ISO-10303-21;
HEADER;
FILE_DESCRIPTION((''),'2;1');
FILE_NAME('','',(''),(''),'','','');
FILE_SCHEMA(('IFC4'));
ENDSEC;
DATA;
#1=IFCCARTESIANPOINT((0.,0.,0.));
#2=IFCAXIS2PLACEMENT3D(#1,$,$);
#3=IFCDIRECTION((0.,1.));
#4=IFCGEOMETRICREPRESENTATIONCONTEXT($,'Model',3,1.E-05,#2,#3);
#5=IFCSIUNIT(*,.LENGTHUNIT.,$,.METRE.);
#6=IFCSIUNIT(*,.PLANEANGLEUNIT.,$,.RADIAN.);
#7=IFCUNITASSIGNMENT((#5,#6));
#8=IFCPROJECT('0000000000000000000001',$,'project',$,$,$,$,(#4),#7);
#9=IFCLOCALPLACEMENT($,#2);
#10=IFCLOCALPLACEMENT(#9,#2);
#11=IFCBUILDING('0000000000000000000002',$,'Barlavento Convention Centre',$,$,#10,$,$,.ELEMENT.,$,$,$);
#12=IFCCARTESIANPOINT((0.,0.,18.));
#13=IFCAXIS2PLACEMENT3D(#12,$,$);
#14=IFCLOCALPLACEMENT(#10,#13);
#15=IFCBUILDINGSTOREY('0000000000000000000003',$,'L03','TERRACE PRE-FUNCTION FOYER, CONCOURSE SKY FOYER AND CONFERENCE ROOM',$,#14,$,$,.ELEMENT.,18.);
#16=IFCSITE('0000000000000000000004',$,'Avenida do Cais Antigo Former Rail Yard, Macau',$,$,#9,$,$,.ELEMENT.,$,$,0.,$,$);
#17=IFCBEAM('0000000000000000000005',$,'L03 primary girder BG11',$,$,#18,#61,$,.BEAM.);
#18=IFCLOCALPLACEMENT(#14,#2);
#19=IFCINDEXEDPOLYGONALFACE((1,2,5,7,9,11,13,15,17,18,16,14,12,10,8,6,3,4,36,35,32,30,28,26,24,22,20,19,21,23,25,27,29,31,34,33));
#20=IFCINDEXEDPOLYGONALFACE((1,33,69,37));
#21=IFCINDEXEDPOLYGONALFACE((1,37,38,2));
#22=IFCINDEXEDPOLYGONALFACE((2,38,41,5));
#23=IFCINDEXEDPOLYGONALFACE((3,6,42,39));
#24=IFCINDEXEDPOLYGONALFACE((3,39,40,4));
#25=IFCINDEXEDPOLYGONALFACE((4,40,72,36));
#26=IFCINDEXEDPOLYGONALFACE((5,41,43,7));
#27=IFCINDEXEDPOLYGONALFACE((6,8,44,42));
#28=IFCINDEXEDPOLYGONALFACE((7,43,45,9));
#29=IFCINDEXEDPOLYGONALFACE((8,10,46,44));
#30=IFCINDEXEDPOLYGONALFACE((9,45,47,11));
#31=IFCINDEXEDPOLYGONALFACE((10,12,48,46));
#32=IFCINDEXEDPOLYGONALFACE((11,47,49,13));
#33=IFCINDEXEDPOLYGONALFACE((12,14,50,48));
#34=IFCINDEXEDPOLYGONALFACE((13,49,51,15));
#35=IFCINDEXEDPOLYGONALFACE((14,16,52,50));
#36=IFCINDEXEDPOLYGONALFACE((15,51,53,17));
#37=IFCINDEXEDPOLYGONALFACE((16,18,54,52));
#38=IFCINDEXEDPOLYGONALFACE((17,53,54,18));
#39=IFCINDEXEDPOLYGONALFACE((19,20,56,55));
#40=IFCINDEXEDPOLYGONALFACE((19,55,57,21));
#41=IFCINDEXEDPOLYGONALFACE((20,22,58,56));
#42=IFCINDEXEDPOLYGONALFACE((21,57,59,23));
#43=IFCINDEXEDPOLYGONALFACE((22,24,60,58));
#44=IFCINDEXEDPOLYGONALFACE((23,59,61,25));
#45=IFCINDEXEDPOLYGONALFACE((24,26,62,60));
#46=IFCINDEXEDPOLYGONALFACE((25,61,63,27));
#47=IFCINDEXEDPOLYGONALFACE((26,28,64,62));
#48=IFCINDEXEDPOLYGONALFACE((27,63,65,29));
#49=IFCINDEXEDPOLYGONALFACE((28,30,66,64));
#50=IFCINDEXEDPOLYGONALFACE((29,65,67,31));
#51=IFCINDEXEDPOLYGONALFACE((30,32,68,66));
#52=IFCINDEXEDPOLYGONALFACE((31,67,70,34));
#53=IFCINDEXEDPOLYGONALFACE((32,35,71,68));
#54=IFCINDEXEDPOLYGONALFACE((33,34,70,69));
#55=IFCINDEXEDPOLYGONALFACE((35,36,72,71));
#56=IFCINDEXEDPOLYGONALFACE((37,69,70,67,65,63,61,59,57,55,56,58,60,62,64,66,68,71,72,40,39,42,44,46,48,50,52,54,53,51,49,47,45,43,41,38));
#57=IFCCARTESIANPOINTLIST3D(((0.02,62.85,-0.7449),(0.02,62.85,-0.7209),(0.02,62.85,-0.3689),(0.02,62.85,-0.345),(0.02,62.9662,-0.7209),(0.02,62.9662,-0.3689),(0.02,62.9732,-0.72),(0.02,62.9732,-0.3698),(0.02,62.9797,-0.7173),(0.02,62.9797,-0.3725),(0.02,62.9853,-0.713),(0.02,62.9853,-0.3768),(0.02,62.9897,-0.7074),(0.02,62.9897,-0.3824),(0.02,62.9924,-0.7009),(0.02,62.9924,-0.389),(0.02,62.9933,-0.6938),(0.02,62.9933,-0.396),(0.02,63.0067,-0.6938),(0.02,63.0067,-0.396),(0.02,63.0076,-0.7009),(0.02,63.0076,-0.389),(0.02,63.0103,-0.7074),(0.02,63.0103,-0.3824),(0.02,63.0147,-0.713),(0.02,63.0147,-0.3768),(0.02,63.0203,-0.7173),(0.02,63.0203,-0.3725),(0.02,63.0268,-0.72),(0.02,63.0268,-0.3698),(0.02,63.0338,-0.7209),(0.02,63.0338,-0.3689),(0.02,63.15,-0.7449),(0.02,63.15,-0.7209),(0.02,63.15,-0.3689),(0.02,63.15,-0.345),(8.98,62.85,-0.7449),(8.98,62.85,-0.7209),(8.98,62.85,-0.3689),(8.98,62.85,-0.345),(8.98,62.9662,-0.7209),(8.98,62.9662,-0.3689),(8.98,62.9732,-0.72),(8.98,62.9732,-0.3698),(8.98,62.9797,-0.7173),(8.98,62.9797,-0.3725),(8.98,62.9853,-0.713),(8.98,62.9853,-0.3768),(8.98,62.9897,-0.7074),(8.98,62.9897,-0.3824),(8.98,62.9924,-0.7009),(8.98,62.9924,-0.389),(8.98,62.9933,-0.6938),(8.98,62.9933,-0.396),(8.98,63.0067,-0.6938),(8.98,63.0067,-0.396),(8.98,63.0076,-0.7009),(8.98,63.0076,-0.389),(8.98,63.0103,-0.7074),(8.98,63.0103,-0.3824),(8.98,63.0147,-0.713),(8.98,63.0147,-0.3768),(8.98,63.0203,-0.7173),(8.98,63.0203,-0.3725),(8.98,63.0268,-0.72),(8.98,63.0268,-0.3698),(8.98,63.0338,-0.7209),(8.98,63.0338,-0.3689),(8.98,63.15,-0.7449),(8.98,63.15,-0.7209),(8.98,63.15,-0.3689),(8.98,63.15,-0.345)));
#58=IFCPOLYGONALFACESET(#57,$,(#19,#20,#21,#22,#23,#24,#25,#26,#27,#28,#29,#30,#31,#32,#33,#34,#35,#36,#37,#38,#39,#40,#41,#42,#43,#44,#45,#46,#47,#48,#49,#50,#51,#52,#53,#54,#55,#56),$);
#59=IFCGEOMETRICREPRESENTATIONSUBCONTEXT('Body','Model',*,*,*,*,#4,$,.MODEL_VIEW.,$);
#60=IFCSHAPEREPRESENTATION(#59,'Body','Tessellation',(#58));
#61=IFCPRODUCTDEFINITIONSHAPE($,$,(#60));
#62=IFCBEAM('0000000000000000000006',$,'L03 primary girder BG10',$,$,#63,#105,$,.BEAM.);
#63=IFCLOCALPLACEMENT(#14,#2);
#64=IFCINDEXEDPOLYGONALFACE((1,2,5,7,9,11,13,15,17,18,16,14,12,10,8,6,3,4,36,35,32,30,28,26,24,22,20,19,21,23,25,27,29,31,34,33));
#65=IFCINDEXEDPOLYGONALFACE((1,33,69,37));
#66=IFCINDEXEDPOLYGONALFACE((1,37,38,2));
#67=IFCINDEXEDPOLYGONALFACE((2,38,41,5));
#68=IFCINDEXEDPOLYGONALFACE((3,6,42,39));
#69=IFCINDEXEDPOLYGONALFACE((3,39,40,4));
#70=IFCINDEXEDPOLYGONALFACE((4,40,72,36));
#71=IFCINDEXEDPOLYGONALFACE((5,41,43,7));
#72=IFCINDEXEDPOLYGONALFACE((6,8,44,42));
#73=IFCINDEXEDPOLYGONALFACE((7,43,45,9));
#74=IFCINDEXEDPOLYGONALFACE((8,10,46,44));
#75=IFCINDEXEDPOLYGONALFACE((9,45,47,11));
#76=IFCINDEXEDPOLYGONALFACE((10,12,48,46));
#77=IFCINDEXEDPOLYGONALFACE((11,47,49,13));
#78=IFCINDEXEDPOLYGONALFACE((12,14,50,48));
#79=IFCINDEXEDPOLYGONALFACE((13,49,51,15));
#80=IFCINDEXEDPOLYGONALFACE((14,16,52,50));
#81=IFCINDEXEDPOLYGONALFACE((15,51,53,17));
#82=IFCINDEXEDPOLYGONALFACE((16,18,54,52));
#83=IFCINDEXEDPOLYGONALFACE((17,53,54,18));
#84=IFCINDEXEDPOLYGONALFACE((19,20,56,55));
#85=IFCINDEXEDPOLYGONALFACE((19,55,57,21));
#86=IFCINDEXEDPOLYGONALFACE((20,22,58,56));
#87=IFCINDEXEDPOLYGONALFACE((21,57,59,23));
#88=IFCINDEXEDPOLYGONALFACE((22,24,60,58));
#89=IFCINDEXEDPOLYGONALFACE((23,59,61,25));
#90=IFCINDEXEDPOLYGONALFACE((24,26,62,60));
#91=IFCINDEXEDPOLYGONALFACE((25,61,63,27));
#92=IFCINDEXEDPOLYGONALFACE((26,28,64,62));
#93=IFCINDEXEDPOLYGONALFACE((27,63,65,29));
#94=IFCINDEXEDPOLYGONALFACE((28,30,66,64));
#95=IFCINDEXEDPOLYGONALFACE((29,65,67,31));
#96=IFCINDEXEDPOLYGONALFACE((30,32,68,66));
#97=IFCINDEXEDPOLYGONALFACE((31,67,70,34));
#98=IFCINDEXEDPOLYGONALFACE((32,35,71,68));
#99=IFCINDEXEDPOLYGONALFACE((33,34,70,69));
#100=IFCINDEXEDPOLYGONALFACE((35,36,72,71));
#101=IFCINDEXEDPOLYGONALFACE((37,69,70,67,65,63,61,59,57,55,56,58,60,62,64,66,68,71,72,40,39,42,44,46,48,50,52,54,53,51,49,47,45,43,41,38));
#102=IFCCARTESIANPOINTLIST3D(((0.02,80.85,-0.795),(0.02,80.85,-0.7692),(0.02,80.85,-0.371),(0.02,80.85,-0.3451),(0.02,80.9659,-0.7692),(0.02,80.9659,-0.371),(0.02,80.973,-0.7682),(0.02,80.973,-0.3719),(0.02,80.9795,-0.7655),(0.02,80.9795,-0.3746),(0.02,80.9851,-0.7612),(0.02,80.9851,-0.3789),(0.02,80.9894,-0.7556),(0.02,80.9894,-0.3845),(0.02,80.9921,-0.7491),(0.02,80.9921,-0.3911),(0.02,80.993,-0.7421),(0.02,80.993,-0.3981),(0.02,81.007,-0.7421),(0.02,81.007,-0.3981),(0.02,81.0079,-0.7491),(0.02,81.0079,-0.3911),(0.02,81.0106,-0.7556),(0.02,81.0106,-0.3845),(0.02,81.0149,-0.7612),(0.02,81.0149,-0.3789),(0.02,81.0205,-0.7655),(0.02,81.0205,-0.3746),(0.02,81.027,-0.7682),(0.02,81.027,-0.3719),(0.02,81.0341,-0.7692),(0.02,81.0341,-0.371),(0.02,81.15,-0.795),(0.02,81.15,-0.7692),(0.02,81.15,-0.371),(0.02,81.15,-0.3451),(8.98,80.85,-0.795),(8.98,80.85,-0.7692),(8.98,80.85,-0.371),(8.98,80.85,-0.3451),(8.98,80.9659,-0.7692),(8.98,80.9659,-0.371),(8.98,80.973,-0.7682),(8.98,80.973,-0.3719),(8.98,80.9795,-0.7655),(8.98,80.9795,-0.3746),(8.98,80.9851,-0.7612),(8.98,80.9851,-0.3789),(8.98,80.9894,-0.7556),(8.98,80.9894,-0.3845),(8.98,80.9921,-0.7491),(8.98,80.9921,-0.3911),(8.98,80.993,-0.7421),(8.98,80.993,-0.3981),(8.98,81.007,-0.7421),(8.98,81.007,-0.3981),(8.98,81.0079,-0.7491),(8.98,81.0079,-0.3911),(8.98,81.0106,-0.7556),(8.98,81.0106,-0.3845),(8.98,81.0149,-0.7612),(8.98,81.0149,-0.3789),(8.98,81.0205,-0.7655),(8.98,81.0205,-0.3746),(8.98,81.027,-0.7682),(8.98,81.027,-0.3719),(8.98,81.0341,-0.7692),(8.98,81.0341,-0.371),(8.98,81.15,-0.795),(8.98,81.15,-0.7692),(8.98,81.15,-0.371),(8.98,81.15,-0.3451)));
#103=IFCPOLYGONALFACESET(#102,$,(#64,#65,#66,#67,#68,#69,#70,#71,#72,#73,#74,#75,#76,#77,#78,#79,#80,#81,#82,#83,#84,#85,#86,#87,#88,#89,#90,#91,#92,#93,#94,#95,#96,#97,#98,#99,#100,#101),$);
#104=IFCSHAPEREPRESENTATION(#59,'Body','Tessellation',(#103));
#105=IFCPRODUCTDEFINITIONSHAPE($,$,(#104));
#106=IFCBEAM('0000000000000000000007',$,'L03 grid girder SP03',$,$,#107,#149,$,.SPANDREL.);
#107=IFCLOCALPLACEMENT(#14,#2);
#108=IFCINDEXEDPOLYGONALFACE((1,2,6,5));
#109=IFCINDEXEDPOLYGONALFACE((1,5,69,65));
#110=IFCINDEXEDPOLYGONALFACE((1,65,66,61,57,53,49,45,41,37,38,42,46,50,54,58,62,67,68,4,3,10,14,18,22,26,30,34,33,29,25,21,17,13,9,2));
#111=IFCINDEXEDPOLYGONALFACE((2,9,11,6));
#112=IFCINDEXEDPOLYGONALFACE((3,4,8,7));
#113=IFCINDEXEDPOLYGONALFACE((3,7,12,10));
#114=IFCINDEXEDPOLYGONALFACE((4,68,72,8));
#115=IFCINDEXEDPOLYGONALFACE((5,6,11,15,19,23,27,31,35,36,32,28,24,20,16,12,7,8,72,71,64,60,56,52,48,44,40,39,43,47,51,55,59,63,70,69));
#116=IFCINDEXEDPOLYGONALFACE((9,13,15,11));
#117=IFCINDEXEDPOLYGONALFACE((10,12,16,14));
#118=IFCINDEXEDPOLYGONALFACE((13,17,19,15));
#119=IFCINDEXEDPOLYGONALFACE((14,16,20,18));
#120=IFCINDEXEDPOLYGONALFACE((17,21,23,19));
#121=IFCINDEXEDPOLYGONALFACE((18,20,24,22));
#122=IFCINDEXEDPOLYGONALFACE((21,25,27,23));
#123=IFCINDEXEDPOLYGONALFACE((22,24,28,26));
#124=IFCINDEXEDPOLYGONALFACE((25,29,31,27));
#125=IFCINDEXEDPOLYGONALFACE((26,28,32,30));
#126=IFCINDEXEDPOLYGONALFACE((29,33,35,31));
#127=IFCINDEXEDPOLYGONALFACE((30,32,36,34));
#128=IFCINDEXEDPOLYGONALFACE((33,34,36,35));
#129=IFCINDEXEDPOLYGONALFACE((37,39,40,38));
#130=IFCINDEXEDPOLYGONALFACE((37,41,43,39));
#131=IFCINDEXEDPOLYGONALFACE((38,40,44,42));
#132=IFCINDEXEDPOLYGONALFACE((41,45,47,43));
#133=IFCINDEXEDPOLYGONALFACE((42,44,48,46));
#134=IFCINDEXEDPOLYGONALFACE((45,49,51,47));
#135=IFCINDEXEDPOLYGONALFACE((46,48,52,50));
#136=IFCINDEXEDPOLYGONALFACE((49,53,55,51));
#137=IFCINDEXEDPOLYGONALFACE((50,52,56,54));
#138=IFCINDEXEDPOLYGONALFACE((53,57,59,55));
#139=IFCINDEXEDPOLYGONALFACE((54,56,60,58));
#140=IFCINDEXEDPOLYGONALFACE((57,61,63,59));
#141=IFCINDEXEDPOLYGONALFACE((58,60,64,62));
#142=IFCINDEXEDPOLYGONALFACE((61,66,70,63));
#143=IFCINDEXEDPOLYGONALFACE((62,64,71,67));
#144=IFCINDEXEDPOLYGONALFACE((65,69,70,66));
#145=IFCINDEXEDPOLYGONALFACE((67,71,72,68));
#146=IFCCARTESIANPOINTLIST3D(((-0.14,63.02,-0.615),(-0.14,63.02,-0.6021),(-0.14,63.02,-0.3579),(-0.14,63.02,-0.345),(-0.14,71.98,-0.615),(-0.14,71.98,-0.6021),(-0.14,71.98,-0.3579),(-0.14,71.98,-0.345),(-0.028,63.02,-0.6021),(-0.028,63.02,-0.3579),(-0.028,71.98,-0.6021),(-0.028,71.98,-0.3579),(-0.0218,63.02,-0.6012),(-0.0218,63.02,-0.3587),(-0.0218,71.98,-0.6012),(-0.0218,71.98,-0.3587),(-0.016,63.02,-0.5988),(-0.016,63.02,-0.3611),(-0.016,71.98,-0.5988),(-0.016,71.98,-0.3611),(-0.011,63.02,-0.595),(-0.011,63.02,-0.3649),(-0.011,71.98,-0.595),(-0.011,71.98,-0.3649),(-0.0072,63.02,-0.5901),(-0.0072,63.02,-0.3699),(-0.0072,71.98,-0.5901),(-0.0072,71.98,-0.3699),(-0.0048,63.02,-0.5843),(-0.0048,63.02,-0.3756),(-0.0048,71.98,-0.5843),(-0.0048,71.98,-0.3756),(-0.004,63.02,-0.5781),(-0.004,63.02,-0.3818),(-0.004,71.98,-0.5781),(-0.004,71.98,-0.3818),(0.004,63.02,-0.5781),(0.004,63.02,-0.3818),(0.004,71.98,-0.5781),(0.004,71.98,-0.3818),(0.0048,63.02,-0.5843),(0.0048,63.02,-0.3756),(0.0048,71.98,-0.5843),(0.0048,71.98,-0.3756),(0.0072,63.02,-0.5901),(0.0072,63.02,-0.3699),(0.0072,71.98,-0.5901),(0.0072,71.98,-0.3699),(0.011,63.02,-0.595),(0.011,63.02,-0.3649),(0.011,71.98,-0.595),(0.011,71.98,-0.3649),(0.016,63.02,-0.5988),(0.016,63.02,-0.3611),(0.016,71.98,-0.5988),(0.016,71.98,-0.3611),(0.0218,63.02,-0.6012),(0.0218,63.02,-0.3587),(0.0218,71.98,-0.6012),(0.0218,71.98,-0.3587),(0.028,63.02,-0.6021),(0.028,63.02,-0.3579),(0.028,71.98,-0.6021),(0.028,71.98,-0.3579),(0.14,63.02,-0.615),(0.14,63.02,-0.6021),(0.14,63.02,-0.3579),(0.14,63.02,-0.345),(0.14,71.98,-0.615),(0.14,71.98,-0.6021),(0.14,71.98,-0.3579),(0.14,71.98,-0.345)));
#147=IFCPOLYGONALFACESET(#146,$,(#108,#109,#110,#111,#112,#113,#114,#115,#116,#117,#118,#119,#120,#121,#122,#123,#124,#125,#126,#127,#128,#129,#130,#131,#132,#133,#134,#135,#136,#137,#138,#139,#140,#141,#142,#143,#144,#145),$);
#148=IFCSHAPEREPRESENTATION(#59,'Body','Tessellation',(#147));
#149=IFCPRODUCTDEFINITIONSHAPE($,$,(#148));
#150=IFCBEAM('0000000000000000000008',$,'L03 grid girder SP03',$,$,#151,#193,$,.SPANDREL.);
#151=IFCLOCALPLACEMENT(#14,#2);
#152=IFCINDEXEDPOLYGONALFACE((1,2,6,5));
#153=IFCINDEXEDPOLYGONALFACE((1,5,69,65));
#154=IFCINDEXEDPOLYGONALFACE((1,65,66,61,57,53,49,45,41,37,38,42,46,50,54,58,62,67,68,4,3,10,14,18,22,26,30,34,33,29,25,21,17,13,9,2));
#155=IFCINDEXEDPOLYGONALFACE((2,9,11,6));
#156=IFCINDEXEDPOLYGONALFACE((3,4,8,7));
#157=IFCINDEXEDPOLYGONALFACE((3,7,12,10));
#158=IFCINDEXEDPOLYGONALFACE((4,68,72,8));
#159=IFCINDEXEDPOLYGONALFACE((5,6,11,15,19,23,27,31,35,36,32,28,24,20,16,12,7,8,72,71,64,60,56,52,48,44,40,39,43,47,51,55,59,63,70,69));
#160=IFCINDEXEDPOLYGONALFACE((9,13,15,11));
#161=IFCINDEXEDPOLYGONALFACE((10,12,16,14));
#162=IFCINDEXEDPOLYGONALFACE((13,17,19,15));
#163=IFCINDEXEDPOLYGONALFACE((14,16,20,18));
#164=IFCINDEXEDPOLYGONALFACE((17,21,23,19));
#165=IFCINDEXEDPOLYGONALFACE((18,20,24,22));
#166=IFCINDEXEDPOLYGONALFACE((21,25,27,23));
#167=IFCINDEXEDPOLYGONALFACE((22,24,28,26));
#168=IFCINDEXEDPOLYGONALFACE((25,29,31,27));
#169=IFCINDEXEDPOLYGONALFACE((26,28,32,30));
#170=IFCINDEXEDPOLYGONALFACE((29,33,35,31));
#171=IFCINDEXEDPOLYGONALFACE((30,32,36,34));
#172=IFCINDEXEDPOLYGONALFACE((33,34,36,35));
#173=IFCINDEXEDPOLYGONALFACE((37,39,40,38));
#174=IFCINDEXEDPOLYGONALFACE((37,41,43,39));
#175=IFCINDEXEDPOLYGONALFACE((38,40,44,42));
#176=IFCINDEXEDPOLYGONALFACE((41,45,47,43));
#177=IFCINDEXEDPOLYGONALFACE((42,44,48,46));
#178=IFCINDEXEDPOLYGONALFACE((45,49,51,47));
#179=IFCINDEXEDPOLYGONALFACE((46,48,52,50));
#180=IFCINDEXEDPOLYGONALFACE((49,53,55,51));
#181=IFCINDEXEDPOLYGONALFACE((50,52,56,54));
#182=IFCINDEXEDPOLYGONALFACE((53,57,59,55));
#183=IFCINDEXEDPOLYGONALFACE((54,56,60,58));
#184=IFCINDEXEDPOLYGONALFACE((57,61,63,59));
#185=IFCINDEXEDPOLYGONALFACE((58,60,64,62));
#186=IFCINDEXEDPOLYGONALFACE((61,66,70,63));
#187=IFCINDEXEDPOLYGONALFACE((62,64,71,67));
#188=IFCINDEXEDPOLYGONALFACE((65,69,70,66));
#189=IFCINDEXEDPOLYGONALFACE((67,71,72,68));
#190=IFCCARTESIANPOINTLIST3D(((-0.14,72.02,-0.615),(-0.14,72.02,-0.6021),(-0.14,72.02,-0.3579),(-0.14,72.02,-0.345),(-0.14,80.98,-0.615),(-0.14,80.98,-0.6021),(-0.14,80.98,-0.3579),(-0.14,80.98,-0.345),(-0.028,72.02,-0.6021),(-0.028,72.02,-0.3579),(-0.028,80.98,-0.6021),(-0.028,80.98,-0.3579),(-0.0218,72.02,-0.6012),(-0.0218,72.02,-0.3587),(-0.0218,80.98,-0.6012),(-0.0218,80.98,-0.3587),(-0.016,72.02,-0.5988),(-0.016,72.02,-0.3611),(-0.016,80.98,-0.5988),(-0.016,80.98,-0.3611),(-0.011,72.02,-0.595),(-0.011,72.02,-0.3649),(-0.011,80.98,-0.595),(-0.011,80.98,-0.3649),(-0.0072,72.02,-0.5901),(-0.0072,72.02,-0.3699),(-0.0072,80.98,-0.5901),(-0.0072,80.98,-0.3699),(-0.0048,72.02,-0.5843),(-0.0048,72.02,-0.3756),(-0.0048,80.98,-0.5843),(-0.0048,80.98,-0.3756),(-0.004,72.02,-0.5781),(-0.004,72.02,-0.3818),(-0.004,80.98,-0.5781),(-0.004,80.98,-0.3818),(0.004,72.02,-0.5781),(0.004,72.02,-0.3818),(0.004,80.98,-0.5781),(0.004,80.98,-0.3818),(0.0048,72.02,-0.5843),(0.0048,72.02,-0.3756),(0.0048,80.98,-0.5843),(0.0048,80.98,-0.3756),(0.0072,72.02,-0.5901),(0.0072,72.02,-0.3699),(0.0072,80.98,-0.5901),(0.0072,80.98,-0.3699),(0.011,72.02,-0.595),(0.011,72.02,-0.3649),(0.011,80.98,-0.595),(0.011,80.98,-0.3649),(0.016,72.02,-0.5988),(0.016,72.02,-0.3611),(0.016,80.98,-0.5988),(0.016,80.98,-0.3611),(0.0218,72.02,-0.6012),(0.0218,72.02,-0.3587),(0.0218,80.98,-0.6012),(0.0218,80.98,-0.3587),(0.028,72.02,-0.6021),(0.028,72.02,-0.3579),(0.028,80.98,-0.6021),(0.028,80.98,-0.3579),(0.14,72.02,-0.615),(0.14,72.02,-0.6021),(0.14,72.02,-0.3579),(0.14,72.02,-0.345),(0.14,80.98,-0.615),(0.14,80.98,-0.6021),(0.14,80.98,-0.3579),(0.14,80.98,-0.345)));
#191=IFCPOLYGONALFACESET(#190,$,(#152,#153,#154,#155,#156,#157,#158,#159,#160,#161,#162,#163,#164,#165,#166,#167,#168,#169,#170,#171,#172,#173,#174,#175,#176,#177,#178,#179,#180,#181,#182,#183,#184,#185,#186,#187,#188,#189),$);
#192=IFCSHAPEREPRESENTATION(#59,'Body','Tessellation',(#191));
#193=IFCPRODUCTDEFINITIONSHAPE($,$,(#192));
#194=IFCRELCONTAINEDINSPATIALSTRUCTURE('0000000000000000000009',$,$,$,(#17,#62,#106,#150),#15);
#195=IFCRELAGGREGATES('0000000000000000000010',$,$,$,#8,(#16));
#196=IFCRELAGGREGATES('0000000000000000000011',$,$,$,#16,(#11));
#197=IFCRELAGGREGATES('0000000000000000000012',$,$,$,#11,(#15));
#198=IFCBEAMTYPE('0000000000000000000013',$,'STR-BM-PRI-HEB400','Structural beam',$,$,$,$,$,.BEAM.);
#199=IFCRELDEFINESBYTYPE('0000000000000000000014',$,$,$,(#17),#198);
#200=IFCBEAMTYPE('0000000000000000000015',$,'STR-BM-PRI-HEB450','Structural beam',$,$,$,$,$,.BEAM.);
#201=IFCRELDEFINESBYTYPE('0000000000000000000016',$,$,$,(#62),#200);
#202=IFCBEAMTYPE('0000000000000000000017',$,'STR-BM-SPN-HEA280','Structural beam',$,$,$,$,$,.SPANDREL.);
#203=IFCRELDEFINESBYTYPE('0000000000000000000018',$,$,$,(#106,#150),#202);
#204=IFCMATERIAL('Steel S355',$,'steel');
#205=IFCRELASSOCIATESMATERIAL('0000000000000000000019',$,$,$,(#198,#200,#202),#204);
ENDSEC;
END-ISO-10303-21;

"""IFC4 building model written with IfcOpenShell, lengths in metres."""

from ifc_helpers import new_model, si_unit, direction, frame, origin, origin_2d, place, context, subcontext, project, spatial, i_section, extrude, material, material_profile, profile_set, type_object, element, save


model = new_model("IFC4")

# Units and contexts
model_context = context("Model", 3, precision=1e-05, world=origin(), true_north=direction((0.0, 1.0)))
body_context = subcontext(model_context, "Body", "Model", "MODEL_VIEW")
ifc_project = project(units=[si_unit("LENGTHUNIT", "METRE"), si_unit("PLANEANGLEUNIT", "RADIAN")], contexts=[model_context])

# Site, building, storey
site_placement = place(None, origin())
site = spatial("IfcSite", under=ifc_project, at=site_placement, Name="Avenida do Cais Antigo Former Rail Yard, Macau", CompositionType="ELEMENT", RefElevation=0.0)
building_placement = place(site_placement, origin())
building = spatial("IfcBuilding", under=site, at=building_placement, Name="Barlavento Convention Centre", CompositionType="ELEMENT")
storey_placement = place(building_placement, frame((0.0, 0.0, 18.0)))
storey = spatial("IfcBuildingStorey", under=building, at=storey_placement, Name="L03", Description="TERRACE PRE-FUNCTION FOYER, CONCOURSE SKY FOYER AND CONFERENCE ROOM", CompositionType="ELEMENT", Elevation=18.0)

# Beams
ifc_material_1 = material(Name="Steel S355", Category="steel")
ifc_material_profile_1 = material_profile(ifc_material_1, i_section(OverallWidth=0.3, OverallDepth=0.3999, WebThickness=0.0134, FlangeThickness=0.0239, FilletRadius=0.0271, at=origin_2d()), Name="HEB 400")
ifc_profile_set_1 = profile_set([ifc_material_profile_1], Name="Steel S355")
beam_type_1 = type_object("IfcBeamType", Name="STR-BM-PRI-HEB400", Description="Structural beam", PredefinedType="BEAM", material=ifc_profile_set_1)
beam_1_placement = place(storey_placement, frame((0.02, 63.0, -0.5449), z_axis=(1.0, 0.0, 0.0), x_axis=(0.0, 1.0, 0.0)))
element("IfcBeam", 1, at=beam_1_placement, inside=storey, type_object=beam_type_1, Name="L03 primary girder BG11", PredefinedType="BEAM", context=body_context, shape_type="SweptSolid", body=[
    extrude(i_section(OverallWidth=0.3, OverallDepth=0.3999, WebThickness=0.0134, FlangeThickness=0.0239, FilletRadius=0.0271, at=origin_2d()), origin(), (0.0, 0.0, 1.0), 8.96),
])
ifc_material_profile_2 = material_profile(ifc_material_1, i_section(OverallWidth=0.3, OverallDepth=0.45, WebThickness=0.0139, FlangeThickness=0.0259, FilletRadius=0.0271, at=origin_2d()), Name="HEB 450")
ifc_profile_set_2 = profile_set([ifc_material_profile_2], Name="Steel S355")
beam_type_2 = type_object("IfcBeamType", Name="STR-BM-PRI-HEB450", Description="Structural beam", PredefinedType="BEAM", material=ifc_profile_set_2)
beam_2_placement = place(storey_placement, frame((0.02, 81.0, -0.5701), z_axis=(1.0, 0.0, 0.0), x_axis=(0.0, 1.0, 0.0)))
element("IfcBeam", 2, at=beam_2_placement, inside=storey, type_object=beam_type_2, Name="L03 primary girder BG10", PredefinedType="BEAM", context=body_context, shape_type="SweptSolid", body=[
    extrude(i_section(OverallWidth=0.3, OverallDepth=0.45, WebThickness=0.0139, FlangeThickness=0.0259, FilletRadius=0.0271, at=origin_2d()), origin(), (0.0, 0.0, 1.0), 8.96),
])
ifc_material_profile_3 = material_profile(ifc_material_1, i_section(OverallWidth=0.28, OverallDepth=0.27, WebThickness=0.0081, FlangeThickness=0.0129, FilletRadius=0.0239, at=origin_2d()), Name="HEA 280")
ifc_profile_set_3 = profile_set([ifc_material_profile_3], Name="Steel S355")
beam_type_3 = type_object("IfcBeamType", Name="STR-BM-SPN-HEA280", Description="Structural beam", PredefinedType="SPANDREL", material=ifc_profile_set_3)
for number, where, z_axis, x_axis, name in (
    (3, (0.0, 63.02, -0.48), (0.0, 1.0, 0.0), (-1.0, 0.0, 0.0), "L03 grid girder SP03"),
    (4, (0.0, 72.02, -0.48), (0.0, 1.0, 0.0), (-1.0, 0.0, 0.0), "L03 grid girder SP03"),
):
    element("IfcBeam", number, at=place(storey_placement, frame(where, z_axis=z_axis, x_axis=x_axis)), inside=storey, type_object=beam_type_3, Name=name, PredefinedType="SPANDREL", context=body_context, shape_type="SweptSolid", body=[
        extrude(i_section(OverallWidth=0.28, OverallDepth=0.27, WebThickness=0.0081, FlangeThickness=0.0129, FilletRadius=0.0239, at=origin_2d()), origin(), (0.0, 0.0, 1.0), 8.96),
    ])

save(model, "model.ifc")
